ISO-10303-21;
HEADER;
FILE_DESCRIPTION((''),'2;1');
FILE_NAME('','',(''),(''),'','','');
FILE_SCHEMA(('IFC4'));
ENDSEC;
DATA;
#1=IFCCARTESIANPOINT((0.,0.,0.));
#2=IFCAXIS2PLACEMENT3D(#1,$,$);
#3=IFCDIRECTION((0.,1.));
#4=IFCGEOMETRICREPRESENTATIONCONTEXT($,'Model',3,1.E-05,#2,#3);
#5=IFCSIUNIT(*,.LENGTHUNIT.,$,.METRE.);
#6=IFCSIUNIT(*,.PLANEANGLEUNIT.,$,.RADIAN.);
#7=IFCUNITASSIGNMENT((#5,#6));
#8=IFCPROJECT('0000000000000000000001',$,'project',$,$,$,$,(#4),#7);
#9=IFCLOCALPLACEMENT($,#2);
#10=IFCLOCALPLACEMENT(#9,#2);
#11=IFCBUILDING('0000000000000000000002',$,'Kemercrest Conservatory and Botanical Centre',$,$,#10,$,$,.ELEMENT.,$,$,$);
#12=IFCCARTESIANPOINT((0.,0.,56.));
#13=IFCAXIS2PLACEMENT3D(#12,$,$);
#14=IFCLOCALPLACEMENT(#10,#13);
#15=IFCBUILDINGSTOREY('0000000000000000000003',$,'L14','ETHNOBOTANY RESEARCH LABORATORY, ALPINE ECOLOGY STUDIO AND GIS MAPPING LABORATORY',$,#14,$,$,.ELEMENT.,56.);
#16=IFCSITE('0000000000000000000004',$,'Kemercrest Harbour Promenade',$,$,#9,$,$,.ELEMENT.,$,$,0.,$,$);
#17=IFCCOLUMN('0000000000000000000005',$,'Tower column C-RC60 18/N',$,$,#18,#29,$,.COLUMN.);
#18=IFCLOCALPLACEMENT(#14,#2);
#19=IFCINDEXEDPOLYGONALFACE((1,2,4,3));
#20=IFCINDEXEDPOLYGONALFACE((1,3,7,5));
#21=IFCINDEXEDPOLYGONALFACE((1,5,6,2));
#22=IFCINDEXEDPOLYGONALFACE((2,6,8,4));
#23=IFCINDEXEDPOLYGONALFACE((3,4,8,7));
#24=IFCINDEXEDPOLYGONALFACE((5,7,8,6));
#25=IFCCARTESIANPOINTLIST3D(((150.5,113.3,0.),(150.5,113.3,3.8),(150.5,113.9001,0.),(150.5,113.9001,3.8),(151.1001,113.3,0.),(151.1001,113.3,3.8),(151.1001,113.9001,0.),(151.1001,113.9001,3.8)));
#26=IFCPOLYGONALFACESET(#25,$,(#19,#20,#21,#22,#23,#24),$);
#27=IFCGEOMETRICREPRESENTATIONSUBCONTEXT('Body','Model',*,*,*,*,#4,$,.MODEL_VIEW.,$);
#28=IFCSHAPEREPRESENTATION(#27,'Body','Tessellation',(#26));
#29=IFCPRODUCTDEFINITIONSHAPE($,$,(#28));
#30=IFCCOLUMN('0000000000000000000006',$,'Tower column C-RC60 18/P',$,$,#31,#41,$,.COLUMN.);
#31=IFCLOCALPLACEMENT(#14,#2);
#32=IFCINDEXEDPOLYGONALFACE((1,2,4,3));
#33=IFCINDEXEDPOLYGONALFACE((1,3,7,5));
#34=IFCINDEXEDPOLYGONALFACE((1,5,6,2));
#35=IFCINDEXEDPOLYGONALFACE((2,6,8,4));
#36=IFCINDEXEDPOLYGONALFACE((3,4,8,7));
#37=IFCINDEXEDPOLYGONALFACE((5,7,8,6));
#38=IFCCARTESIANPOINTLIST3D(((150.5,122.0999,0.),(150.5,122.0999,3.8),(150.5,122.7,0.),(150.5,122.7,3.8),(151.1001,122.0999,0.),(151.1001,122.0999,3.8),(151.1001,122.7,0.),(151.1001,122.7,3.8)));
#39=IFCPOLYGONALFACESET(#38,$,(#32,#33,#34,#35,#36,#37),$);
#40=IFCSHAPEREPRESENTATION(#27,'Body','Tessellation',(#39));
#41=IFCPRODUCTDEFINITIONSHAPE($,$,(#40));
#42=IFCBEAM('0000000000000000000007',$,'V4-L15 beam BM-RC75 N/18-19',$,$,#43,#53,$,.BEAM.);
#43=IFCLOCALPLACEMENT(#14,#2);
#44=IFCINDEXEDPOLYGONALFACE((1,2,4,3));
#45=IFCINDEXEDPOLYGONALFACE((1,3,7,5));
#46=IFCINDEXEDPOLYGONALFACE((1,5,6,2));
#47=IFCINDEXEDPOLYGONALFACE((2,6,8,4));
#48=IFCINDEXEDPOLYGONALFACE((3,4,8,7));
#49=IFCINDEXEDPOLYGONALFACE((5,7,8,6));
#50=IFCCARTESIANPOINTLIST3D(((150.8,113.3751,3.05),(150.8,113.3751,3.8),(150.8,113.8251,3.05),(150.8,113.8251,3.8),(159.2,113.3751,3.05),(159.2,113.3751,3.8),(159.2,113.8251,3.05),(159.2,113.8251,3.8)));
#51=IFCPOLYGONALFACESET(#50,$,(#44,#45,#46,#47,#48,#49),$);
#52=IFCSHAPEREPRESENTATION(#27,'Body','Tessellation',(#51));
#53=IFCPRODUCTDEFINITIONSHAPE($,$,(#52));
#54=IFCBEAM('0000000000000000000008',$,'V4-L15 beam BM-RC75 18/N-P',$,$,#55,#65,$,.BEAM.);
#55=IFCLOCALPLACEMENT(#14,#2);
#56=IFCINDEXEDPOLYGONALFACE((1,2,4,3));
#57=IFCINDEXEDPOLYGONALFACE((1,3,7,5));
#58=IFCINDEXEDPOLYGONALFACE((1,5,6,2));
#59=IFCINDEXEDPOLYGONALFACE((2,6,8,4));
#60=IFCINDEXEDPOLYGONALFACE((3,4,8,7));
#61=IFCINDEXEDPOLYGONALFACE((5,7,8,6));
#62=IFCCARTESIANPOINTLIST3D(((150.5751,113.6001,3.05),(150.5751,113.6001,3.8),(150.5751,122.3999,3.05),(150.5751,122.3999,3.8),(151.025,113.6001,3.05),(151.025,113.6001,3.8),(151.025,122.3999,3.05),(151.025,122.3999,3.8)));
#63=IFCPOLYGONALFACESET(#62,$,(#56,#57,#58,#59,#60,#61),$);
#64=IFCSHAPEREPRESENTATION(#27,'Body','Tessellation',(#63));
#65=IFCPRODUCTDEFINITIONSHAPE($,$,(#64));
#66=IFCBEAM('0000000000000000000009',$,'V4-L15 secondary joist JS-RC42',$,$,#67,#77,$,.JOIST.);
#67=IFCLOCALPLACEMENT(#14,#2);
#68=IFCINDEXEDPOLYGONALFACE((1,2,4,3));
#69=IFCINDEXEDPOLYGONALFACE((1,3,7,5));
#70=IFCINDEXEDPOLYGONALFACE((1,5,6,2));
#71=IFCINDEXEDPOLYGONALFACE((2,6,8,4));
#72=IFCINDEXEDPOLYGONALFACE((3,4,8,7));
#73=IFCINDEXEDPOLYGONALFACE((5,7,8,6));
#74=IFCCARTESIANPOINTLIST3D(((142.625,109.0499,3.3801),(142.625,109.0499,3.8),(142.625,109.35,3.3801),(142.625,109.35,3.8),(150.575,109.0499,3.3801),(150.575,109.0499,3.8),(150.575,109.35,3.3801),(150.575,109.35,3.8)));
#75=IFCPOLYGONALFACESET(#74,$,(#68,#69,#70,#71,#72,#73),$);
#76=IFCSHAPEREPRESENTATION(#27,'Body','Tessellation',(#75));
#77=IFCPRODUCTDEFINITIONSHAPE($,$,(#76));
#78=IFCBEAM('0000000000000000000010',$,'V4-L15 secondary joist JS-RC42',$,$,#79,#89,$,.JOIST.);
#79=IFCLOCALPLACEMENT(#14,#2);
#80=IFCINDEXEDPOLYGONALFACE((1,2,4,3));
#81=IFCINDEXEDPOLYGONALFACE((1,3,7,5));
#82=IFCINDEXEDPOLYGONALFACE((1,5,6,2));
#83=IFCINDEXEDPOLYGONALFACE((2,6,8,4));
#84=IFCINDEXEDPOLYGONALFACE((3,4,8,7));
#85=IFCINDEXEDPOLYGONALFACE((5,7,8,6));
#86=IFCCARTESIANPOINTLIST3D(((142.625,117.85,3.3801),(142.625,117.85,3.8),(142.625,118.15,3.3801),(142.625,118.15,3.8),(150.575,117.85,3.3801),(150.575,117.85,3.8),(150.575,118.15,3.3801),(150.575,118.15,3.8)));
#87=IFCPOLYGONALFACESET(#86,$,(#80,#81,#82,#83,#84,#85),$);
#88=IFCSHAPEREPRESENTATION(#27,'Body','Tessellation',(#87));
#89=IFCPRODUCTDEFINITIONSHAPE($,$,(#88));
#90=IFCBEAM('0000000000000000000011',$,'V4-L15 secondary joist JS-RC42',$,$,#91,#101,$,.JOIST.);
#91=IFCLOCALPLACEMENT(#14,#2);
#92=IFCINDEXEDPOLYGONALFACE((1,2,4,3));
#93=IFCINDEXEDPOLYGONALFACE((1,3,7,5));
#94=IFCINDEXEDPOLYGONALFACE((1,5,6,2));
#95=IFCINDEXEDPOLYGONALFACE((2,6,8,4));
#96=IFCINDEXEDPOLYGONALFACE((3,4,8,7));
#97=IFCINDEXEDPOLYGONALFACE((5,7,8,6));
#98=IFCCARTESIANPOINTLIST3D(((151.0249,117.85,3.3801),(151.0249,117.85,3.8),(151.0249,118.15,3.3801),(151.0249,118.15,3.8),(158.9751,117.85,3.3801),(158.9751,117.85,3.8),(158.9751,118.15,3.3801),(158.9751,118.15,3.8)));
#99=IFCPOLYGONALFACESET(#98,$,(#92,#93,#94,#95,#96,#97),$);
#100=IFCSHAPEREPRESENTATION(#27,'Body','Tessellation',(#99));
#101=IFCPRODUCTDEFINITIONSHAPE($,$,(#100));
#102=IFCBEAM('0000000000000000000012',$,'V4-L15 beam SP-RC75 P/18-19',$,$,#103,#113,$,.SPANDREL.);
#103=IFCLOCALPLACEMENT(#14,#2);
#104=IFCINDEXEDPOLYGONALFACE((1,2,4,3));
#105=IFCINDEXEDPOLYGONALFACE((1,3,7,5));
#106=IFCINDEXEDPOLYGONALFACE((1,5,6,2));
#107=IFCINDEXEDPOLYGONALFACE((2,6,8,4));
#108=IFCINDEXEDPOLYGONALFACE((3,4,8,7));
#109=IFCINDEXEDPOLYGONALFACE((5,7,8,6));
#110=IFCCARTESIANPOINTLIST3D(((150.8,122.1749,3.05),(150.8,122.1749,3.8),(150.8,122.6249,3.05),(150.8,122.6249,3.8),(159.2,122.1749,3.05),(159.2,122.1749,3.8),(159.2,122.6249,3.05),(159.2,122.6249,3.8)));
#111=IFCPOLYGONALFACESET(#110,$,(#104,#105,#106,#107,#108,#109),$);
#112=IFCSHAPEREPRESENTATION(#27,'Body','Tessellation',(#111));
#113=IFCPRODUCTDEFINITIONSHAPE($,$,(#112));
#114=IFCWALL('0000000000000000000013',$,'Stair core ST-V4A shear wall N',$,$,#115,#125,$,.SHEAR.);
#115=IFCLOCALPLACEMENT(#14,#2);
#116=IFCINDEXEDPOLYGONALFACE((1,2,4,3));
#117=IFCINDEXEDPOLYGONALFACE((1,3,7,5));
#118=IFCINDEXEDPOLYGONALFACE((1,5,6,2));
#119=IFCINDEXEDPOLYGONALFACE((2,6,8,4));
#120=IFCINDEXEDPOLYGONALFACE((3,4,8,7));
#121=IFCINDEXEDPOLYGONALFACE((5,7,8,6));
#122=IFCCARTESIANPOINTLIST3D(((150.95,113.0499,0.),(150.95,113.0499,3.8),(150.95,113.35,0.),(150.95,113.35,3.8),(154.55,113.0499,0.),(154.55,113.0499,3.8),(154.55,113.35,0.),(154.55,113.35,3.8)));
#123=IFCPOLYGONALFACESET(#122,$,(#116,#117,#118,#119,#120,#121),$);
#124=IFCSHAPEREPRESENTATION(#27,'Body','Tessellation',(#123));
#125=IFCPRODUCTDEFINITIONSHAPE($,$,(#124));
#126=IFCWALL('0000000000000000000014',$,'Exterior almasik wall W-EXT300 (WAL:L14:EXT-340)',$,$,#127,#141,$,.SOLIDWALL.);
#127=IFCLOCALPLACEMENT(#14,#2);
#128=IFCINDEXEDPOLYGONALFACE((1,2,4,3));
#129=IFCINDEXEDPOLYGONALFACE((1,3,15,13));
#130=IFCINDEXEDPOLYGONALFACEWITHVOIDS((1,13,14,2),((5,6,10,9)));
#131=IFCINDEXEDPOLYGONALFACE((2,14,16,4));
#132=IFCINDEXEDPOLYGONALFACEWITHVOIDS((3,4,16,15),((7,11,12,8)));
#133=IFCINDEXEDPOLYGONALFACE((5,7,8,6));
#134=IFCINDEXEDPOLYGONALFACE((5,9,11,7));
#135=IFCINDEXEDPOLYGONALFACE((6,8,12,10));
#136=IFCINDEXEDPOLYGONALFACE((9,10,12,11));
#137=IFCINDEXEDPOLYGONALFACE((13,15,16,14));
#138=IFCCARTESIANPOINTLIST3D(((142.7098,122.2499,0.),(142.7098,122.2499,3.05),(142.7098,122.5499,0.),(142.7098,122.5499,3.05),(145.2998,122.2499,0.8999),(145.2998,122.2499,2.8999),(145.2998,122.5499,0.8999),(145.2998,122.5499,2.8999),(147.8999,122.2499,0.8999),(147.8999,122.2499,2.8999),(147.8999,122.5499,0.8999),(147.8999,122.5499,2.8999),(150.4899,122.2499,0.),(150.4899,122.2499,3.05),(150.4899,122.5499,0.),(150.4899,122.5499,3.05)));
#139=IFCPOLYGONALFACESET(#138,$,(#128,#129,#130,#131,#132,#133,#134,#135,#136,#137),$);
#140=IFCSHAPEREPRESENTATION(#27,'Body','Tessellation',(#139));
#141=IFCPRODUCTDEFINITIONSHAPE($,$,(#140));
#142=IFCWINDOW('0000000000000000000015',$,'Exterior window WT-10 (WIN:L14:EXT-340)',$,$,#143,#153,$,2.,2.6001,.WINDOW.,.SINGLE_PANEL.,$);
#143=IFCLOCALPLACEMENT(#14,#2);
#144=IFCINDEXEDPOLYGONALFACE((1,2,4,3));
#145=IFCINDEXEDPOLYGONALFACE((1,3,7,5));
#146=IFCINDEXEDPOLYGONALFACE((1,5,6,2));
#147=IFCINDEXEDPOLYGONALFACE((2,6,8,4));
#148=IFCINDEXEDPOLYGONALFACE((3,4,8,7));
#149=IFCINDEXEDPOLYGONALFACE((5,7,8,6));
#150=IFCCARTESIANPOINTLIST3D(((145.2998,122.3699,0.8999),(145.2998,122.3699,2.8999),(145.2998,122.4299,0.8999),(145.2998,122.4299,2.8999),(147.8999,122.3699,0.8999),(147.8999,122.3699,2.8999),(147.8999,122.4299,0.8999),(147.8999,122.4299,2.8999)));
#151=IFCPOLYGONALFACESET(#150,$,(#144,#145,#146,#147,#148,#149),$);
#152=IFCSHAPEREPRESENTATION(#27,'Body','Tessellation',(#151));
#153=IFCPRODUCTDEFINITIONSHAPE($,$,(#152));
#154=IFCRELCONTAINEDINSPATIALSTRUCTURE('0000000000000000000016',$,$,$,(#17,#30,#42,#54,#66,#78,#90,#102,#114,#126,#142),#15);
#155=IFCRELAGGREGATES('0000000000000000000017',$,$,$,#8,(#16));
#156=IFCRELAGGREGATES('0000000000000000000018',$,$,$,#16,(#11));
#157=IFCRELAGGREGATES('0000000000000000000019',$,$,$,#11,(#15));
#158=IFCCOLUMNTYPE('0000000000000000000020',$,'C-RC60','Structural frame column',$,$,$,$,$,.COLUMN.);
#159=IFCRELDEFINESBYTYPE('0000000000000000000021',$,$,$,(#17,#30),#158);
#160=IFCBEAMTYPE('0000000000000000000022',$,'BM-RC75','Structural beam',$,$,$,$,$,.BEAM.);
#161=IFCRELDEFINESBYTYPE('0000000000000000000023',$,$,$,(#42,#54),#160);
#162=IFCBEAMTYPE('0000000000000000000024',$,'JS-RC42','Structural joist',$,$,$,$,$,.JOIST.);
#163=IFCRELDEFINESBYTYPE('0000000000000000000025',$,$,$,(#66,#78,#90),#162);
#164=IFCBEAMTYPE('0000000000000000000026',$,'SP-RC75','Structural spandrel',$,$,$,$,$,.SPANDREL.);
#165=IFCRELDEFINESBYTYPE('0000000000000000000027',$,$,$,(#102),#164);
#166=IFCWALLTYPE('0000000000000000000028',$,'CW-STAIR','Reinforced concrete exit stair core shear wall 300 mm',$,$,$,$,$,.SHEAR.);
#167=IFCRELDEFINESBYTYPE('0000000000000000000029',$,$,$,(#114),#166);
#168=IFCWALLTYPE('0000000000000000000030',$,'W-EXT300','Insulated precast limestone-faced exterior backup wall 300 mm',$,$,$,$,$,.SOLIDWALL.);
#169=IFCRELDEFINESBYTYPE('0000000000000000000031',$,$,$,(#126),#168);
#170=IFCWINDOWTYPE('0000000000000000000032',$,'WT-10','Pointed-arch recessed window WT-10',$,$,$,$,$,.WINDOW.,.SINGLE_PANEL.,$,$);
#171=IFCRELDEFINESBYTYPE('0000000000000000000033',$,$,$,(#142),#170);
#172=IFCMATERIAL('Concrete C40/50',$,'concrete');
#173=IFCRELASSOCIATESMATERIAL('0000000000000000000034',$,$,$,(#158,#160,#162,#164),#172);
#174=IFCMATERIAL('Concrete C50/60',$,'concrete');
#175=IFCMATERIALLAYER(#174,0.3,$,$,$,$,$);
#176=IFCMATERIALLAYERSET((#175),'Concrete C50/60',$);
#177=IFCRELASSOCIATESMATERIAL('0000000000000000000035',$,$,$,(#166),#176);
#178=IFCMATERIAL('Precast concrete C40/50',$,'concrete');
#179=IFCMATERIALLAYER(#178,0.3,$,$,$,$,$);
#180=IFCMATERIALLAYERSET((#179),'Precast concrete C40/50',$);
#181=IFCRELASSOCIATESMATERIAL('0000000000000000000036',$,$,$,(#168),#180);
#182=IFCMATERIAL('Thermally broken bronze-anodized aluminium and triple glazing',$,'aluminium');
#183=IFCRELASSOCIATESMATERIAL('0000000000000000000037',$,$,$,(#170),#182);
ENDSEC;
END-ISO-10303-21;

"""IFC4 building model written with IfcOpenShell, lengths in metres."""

from ifc_helpers import new_model, si_unit, direction, frame, frame_2d, origin, origin_2d, place, context, subcontext, project, spatial, rectangle, extrude, material, layer, layer_set, material_profile, profile_set, type_object, element, fill, save


model = new_model("IFC4")

# Units and contexts
model_context = context("Model", 3, precision=1e-05, world=origin(), true_north=direction((0.0, 1.0)))
body_context = subcontext(model_context, "Body", "Model", "MODEL_VIEW")
ifc_project = project(units=[si_unit("LENGTHUNIT", "METRE"), si_unit("PLANEANGLEUNIT", "RADIAN")], contexts=[model_context])

# Site, building, storey
site_placement = place(None, origin())
site = spatial("IfcSite", under=ifc_project, at=site_placement, Name="Kemercrest Harbour Promenade", CompositionType="ELEMENT", RefElevation=0.0)
building_placement = place(site_placement, origin())
building = spatial("IfcBuilding", under=site, at=building_placement, Name="Kemercrest Conservatory and Botanical Centre", CompositionType="ELEMENT")
storey_placement = place(building_placement, frame((0.0, 0.0, 56.0)))
storey = spatial("IfcBuildingStorey", under=building, at=storey_placement, Name="L14", Description="ETHNOBOTANY RESEARCH LABORATORY, ALPINE ECOLOGY STUDIO AND GIS MAPPING LABORATORY", CompositionType="ELEMENT", Elevation=56.0)

# Columns
ifc_material_1 = material(Name="Concrete C40/50", Category="concrete")
ifc_material_profile_1 = material_profile(ifc_material_1, rectangle(XDim=0.6001, YDim=0.6001, at=origin_2d()), Name="RC 600x600")
ifc_profile_set_1 = profile_set([ifc_material_profile_1], Name="Concrete C40/50")
column_type = type_object("IfcColumnType", Name="C-RC60", Description="Structural frame column", PredefinedType="COLUMN", material=ifc_profile_set_1)
for number, where, z_axis, x_axis, name in (
    (1, (150.8, 113.6001, 0.0), (0.0, 0.0, 1.0), (1.0, 0.0, 0.0), "Tower column C-RC60 18/N"),
    (2, (150.8, 122.3999, 0.0), (0.0, 0.0, 1.0), (1.0, 0.0, 0.0), "Tower column C-RC60 18/P"),
):
    element("IfcColumn", number, at=place(storey_placement, frame(where, z_axis=z_axis, x_axis=x_axis)), inside=storey, type_object=column_type, Name=name, PredefinedType="COLUMN", context=body_context, shape_type="SweptSolid", body=[
        extrude(rectangle(XDim=0.6001, YDim=0.6001, at=origin_2d()), origin(), (0.0, 0.0, 1.0), 3.8),
    ])

# Beams
ifc_material_profile_2 = material_profile(ifc_material_1, rectangle(XDim=0.45, YDim=0.75, at=origin_2d()), Name="RC 450x750")
ifc_profile_set_2 = profile_set([ifc_material_profile_2], Name="Concrete C40/50")
beam_type_1 = type_object("IfcBeamType", Name="BM-RC75", Description="Structural beam", PredefinedType="BEAM", material=ifc_profile_set_2)
beam_1_placement = place(storey_placement, frame((150.8, 113.6001, 3.425), z_axis=(1.0, 0.0, 0.0), x_axis=(0.0, 1.0, 0.0)))
element("IfcBeam", 3, at=beam_1_placement, inside=storey, type_object=beam_type_1, Name="V4-L15 beam BM-RC75 N/18-19", PredefinedType="BEAM", context=body_context, shape_type="SweptSolid", body=[
    extrude(rectangle(XDim=0.45, YDim=0.75, at=origin_2d()), origin(), (0.0, 0.0, 1.0), 8.3999),
])
beam_2_placement = place(storey_placement, frame((150.8, 113.6001, 3.425), z_axis=(0.0, 1.0, 0.0), x_axis=(-1.0, 0.0, 0.0)))
element("IfcBeam", 4, at=beam_2_placement, inside=storey, type_object=beam_type_1, Name="V4-L15 beam BM-RC75 18/N-P", PredefinedType="BEAM", context=body_context, shape_type="SweptSolid", body=[
    extrude(rectangle(XDim=0.45, YDim=0.75, at=origin_2d()), origin(), (0.0, 0.0, 1.0), 8.7998),
])
ifc_material_profile_3 = material_profile(ifc_material_1, rectangle(XDim=0.3, YDim=0.4199, at=origin_2d()), Name="RC 300x420")
ifc_profile_set_3 = profile_set([ifc_material_profile_3], Name="Concrete C40/50")
beam_type_2 = type_object("IfcBeamType", Name="JS-RC42", Description="Structural joist", PredefinedType="JOIST", material=ifc_profile_set_3)
for number, where, z_axis, x_axis, name in (
    (5, (142.625, 109.2, 3.5901), (1.0, 0.0, 0.0), (0.0, 1.0, 0.0), "V4-L15 secondary joist JS-RC42"),
    (6, (142.625, 118.0, 3.5901), (1.0, 0.0, 0.0), (0.0, 1.0, 0.0), "V4-L15 secondary joist JS-RC42"),
):
    element("IfcBeam", number, at=place(storey_placement, frame(where, z_axis=z_axis, x_axis=x_axis)), inside=storey, type_object=beam_type_2, Name=name, PredefinedType="JOIST", context=body_context, shape_type="SweptSolid", body=[
        extrude(rectangle(XDim=0.3, YDim=0.4199, at=origin_2d()), origin(), (0.0, 0.0, 1.0), 7.95),
    ])
beam_3_placement = place(storey_placement, frame((151.0249, 118.0, 3.5901), z_axis=(1.0, 0.0, 0.0), x_axis=(0.0, 1.0, 0.0)))
element("IfcBeam", 7, at=beam_3_placement, inside=storey, type_object=beam_type_2, Name="V4-L15 secondary joist JS-RC42", PredefinedType="JOIST", context=body_context, shape_type="SweptSolid", body=[
    extrude(rectangle(XDim=0.3, YDim=0.4199, at=origin_2d()), origin(), (0.0, 0.0, 1.0), 7.9502),
])
ifc_material_profile_4 = material_profile(ifc_material_1, rectangle(XDim=0.45, YDim=0.75, at=origin_2d()), Name="RC 450x750")
ifc_profile_set_4 = profile_set([ifc_material_profile_4], Name="Concrete C40/50")
beam_type_3 = type_object("IfcBeamType", Name="SP-RC75", Description="Structural spandrel", PredefinedType="SPANDREL", material=ifc_profile_set_4)
beam_4_placement = place(storey_placement, frame((150.8, 122.3999, 3.425), z_axis=(1.0, 0.0, 0.0), x_axis=(0.0, 1.0, 0.0)))
element("IfcBeam", 8, at=beam_4_placement, inside=storey, type_object=beam_type_3, Name="V4-L15 beam SP-RC75 P/18-19", PredefinedType="SPANDREL", context=body_context, shape_type="SweptSolid", body=[
    extrude(rectangle(XDim=0.45, YDim=0.75, at=origin_2d()), origin(), (0.0, 0.0, 1.0), 8.3999),
])

# Wall
ifc_material_2 = material(Name="Concrete C50/60", Category="concrete")
ifc_layer_1 = layer(ifc_material_2, 0.3)
ifc_layer_set_1 = layer_set([ifc_layer_1], Name="Concrete C50/60")
wall_type_1 = type_object("IfcWallType", Name="CW-STAIR", Description="Reinforced concrete exit stair core shear wall 300 mm", PredefinedType="SHEAR", material=ifc_layer_set_1)
wall_1_placement = place(storey_placement, frame((150.95, 113.2, 0.0), z_axis=(0.0, 0.0, 1.0), x_axis=(1.0, 0.0, 0.0)))
element("IfcWall", 9, at=wall_1_placement, inside=storey, type_object=wall_type_1, Name="Stair core ST-V4A shear wall N", PredefinedType="SHEAR", context=body_context, shape_type="SweptSolid", body=[
    extrude(rectangle(XDim=3.6001, YDim=0.3, at=frame_2d((1.8, 0.0))), origin(), (0.0, 0.0, 1.0), 3.8),
])

# Wall, opening, window
ifc_material_3 = material(Name="Precast concrete C40/50", Category="concrete")
ifc_layer_2 = layer(ifc_material_3, 0.3)
ifc_layer_set_2 = layer_set([ifc_layer_2], Name="Precast concrete C40/50")
wall_type_2 = type_object("IfcWallType", Name="W-EXT300", Description="Insulated precast limestone-faced exterior backup wall 300 mm", PredefinedType="SOLIDWALL", material=ifc_layer_set_2)
wall_2_placement = place(storey_placement, frame((150.49, 122.3999, 0.0), z_axis=(0.0, 0.0, 1.0), x_axis=(-1.0, 0.0, 0.0)))
wall_2 = element("IfcWall", 10, at=wall_2_placement, inside=storey, type_object=wall_type_2, Name="Exterior almasik wall W-EXT300 (WAL:L14:EXT-340)", PredefinedType="SOLIDWALL", context=body_context, shape_type="SweptSolid", body=[
    extrude(rectangle(XDim=7.78, YDim=0.3, at=frame_2d((3.8901, 0.0))), origin(), (0.0, 0.0, 1.0), 3.05),
])
opening_1_placement = place(wall_2_placement, frame((2.5901, 0.0, 0.8999)))
opening_1 = element("IfcOpeningElement", 11, at=opening_1_placement, cuts=wall_2, PredefinedType="OPENING", context=body_context, shape_type="SweptSolid", body=[
    extrude(rectangle(XDim=2.6001, YDim=2.0, at=frame_2d((1.3, 1.0))), frame((0.0, 0.1602, 0.0), z_axis=(0.0, -1.0, 0.0), x_axis=(1.0, 0.0, 0.0)), (0.0, 0.0, 1.0), 0.3201),
])
ifc_material_4 = material(Name="Thermally broken bronze-anodized aluminium and triple glazing", Category="aluminium")
window_type = type_object("IfcWindowType", Name="WT-10", Description="Pointed-arch recessed window WT-10", PartitioningType="SINGLE_PANEL", PredefinedType="WINDOW", material=ifc_material_4)
window_placement = place(opening_1_placement, origin())
window = element("IfcWindow", 12, at=window_placement, inside=storey, type_object=window_type, Name="Exterior window WT-10 (WIN:L14:EXT-340)", OverallHeight=2.0, OverallWidth=2.6001, PartitioningType="SINGLE_PANEL", PredefinedType="WINDOW", context=body_context, shape_type="SweptSolid", body=[
    extrude(rectangle(XDim=2.6001, YDim=2.0, at=frame_2d((1.3, 1.0))), frame((0.0, 0.03, 0.0), z_axis=(0.0, -1.0, 0.0), x_axis=(1.0, 0.0, 0.0)), (0.0, 0.0, 1.0), 0.0601),
])
fill(opening_1, window)

save(model, "model.ifc")
